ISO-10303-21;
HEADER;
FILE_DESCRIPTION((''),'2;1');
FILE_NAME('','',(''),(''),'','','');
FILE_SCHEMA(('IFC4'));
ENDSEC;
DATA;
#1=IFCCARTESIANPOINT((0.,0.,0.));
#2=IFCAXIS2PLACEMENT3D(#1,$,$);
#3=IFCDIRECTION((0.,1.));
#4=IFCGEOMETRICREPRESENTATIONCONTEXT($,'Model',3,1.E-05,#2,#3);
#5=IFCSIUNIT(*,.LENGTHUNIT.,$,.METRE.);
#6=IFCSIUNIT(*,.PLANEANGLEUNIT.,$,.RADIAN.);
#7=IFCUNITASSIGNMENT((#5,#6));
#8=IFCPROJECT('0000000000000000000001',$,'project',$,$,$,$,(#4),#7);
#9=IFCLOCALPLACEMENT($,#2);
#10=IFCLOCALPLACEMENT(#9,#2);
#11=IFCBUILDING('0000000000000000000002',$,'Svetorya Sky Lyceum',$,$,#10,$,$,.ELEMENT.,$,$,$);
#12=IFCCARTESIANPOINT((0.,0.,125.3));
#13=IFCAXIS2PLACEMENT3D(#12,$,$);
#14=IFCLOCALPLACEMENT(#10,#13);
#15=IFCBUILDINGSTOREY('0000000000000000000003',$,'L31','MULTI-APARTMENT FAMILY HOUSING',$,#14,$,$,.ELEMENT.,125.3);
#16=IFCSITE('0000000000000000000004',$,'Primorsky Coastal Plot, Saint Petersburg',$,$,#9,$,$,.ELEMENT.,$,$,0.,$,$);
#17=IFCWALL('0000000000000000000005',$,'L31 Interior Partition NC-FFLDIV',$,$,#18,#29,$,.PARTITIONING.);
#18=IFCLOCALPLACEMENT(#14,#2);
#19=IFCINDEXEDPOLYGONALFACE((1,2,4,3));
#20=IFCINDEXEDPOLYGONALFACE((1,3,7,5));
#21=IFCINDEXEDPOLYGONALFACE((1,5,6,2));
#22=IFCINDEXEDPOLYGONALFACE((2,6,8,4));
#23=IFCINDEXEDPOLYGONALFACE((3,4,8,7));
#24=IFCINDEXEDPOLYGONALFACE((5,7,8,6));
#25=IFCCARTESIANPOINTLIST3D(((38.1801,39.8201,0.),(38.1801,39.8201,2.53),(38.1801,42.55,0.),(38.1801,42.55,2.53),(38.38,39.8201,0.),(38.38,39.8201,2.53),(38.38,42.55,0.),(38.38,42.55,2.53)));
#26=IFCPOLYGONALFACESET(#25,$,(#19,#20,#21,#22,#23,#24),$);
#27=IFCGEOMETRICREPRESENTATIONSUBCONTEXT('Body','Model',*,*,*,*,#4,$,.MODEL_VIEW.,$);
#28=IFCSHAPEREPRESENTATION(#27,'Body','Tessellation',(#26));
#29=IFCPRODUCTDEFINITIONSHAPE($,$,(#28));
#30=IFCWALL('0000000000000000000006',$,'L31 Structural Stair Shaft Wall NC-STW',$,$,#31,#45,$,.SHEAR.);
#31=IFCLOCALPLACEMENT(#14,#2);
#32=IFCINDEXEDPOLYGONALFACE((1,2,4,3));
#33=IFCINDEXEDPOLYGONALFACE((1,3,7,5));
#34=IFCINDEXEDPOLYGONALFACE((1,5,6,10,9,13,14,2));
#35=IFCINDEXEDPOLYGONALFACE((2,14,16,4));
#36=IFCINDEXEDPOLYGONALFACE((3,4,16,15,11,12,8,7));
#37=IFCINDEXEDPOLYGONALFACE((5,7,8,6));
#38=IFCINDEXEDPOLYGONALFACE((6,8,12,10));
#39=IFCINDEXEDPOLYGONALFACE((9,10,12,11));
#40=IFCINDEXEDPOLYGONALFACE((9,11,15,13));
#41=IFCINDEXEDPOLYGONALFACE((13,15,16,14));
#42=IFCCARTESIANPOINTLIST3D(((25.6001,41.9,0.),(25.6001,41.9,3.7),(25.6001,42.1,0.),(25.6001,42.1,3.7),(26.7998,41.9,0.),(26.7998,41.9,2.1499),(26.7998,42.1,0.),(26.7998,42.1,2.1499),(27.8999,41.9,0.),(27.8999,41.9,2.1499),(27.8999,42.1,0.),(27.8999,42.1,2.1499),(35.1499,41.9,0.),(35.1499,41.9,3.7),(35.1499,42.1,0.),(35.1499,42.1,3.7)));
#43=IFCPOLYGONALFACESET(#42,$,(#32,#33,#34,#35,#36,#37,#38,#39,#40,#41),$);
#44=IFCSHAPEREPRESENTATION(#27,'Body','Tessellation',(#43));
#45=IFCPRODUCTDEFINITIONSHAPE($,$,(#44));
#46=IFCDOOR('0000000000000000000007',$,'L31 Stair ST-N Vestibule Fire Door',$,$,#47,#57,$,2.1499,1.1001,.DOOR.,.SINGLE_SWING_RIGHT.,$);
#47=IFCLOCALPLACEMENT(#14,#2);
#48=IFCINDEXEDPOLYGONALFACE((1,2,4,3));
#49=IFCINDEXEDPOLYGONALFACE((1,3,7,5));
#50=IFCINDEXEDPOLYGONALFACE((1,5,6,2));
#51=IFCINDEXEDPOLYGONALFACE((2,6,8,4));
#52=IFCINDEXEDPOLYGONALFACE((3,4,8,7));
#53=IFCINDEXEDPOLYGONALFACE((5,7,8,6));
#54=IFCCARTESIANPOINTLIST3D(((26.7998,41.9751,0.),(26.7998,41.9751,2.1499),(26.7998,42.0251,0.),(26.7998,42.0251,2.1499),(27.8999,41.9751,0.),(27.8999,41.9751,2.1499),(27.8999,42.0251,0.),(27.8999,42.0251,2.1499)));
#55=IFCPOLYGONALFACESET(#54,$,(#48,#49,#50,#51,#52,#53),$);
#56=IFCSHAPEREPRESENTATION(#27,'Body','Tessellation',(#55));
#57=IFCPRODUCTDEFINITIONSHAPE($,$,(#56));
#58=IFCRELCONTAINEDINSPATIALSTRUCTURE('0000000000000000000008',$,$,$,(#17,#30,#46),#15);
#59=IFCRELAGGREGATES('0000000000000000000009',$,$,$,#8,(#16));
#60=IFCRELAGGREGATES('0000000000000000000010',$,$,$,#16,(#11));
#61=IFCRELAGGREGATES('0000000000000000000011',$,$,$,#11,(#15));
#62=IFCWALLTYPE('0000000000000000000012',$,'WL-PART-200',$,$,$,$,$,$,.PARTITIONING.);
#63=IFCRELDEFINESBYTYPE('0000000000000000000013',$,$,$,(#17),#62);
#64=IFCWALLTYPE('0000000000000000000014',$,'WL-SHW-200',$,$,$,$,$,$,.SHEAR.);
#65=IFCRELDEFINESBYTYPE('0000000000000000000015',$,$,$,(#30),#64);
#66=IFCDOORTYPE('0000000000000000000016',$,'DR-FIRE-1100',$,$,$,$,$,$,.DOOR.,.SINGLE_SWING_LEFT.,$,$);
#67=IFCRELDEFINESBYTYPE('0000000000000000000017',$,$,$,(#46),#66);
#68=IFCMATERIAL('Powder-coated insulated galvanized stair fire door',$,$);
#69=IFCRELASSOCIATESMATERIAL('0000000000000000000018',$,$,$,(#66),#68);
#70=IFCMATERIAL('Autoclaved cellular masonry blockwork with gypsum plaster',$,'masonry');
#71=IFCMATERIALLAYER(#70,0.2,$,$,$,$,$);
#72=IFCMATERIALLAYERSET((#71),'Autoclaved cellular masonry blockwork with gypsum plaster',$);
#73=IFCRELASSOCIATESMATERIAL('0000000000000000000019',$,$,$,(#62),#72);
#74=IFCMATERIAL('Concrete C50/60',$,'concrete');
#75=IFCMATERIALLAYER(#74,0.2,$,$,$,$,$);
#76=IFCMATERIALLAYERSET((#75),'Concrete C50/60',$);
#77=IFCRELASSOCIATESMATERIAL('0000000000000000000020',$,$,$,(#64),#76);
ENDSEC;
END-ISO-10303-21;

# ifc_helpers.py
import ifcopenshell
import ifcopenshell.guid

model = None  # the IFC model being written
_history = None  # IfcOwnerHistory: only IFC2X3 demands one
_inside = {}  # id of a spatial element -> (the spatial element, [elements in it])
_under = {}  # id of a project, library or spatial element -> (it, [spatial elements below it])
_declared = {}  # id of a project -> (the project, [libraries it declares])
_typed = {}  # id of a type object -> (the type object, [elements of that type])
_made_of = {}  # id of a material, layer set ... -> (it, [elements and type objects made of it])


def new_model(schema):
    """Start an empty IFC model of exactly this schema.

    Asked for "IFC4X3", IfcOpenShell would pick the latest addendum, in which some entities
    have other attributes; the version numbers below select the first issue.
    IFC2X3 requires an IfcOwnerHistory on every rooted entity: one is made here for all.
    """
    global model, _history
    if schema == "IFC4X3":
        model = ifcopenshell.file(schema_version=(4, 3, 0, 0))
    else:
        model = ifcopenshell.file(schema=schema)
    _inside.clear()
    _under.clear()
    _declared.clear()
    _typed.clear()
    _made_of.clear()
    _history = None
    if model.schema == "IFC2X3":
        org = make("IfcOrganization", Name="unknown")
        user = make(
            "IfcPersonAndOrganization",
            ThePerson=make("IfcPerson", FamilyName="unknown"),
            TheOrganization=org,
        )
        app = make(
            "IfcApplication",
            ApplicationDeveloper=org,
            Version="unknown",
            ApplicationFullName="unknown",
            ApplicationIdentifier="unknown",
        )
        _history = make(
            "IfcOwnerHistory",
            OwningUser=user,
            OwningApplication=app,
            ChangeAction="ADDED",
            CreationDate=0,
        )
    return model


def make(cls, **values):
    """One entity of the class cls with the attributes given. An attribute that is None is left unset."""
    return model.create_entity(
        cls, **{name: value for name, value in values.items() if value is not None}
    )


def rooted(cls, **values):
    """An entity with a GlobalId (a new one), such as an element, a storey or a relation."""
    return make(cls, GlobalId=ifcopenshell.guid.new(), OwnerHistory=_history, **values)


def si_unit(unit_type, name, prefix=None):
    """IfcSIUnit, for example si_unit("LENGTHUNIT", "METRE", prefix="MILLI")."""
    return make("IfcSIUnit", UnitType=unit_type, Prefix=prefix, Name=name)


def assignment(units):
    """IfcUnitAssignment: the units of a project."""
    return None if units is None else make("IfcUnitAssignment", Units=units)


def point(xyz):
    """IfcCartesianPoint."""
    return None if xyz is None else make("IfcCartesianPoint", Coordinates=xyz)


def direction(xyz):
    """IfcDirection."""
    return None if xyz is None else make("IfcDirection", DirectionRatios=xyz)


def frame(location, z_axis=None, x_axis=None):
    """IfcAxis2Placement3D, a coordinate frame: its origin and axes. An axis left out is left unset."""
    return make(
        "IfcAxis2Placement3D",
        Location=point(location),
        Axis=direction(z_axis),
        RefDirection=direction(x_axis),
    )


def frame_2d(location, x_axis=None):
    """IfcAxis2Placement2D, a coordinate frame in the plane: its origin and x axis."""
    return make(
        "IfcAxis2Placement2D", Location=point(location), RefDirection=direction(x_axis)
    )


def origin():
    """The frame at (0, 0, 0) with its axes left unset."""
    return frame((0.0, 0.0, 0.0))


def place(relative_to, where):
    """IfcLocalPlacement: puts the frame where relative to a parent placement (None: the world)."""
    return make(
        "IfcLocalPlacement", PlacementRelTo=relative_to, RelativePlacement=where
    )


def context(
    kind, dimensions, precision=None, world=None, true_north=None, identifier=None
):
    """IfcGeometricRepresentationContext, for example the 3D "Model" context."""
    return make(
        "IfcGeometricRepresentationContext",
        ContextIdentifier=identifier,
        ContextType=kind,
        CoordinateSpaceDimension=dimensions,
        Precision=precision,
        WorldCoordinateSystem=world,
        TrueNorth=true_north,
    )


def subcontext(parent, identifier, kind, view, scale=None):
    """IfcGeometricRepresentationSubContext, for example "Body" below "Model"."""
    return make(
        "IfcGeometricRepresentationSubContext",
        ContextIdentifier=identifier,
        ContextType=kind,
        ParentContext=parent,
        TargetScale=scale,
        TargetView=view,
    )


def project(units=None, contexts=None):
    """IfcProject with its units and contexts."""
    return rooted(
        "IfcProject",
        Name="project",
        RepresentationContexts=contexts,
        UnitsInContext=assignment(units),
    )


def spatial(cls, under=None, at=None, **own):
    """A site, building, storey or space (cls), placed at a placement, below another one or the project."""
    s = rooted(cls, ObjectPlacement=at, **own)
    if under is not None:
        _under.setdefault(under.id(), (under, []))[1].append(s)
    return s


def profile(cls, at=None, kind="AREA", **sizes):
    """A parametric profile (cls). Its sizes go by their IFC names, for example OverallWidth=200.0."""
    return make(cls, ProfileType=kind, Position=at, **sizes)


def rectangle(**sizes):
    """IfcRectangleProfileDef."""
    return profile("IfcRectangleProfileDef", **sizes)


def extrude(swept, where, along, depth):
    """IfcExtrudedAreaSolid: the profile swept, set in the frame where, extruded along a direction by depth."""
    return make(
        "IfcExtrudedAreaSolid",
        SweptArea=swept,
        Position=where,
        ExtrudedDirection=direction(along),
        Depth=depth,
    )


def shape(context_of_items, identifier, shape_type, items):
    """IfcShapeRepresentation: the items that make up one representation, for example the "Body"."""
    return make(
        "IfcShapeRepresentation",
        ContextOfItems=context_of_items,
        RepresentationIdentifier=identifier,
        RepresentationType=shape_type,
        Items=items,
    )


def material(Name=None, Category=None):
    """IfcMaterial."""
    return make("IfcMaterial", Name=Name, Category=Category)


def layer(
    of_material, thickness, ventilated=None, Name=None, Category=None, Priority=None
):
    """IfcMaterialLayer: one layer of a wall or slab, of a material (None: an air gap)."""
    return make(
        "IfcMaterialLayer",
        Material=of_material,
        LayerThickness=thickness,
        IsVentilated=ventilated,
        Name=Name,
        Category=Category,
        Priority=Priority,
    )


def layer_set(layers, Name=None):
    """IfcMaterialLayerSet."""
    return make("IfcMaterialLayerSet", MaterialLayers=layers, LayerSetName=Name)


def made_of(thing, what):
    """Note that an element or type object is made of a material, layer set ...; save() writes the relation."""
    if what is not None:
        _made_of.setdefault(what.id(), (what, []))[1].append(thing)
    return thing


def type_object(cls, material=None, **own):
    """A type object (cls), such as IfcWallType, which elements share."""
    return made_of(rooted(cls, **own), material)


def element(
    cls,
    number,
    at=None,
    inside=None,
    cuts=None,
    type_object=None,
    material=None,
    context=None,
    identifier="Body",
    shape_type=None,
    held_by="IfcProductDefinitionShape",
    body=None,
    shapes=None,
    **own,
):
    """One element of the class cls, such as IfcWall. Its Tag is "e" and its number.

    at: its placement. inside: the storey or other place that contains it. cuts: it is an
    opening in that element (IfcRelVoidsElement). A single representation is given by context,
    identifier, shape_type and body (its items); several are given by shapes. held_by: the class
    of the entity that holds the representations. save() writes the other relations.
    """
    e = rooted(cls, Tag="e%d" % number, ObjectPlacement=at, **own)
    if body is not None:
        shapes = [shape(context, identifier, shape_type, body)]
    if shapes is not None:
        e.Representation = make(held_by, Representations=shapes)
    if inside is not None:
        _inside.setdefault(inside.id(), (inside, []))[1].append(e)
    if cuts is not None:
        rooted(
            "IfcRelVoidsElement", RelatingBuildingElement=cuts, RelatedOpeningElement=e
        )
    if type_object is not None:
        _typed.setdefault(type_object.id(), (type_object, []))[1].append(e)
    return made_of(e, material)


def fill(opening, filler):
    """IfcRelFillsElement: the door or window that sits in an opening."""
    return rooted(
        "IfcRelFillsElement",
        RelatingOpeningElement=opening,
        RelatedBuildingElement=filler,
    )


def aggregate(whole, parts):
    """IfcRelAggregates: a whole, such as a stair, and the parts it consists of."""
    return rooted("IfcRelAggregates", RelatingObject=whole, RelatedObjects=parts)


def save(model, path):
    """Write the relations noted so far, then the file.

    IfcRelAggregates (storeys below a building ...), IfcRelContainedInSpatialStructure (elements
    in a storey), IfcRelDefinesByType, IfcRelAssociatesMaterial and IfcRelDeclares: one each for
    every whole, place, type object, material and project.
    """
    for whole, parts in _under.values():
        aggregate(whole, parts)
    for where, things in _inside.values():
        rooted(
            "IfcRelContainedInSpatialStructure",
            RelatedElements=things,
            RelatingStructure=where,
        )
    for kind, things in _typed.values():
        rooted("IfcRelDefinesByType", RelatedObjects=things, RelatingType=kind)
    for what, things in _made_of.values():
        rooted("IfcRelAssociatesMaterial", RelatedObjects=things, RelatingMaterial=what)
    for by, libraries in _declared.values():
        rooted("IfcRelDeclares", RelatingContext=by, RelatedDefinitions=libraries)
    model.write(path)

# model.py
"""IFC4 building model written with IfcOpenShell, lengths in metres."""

from ifc_helpers import new_model, si_unit, direction, frame, frame_2d, origin, place, context, subcontext, project, spatial, rectangle, extrude, material, layer, layer_set, type_object, element, fill, save


model = new_model("IFC4")

# Units and contexts
model_context = context("Model", 3, precision=1e-05, world=origin(), true_north=direction((0.0, 1.0)))
body_context = subcontext(model_context, "Body", "Model", "MODEL_VIEW")
ifc_project = project(units=[si_unit("LENGTHUNIT", "METRE"), si_unit("PLANEANGLEUNIT", "RADIAN")], contexts=[model_context])

# Site, building, storey
site_placement = place(None, origin())
site = spatial("IfcSite", under=ifc_project, at=site_placement, Name="Primorsky Coastal Plot, Saint Petersburg", CompositionType="ELEMENT", RefElevation=0.0)
building_placement = place(site_placement, origin())
building = spatial("IfcBuilding", under=site, at=building_placement, Name="Svetorya Sky Lyceum", CompositionType="ELEMENT")
storey_placement = place(building_placement, frame((0.0, 0.0, 125.3)))
storey = spatial("IfcBuildingStorey", under=building, at=storey_placement, Name="L31", Description="MULTI-APARTMENT FAMILY HOUSING", CompositionType="ELEMENT", Elevation=125.3)

# Shared definitions
ifc_material_1 = material(Name="Concrete C50/60", Category="concrete")

# Shared definitions
ifc_material_2 = material(Name="Powder-coated insulated galvanized stair fire door")
door_type_1 = type_object("IfcDoorType", Name="DR-FIRE-1100", OperationType="SINGLE_SWING_LEFT", PredefinedType="DOOR", material=ifc_material_2)

# Shared definitions
ifc_material_3 = material(Name="Autoclaved cellular masonry blockwork with gypsum plaster", Category="masonry")
ifc_layer_1 = layer(ifc_material_3, 0.2)
ifc_layer_set_1 = layer_set([ifc_layer_1], Name="Autoclaved cellular masonry blockwork with gypsum plaster")
wall_type_1 = type_object("IfcWallType", Name="WL-PART-200", PredefinedType="PARTITIONING", material=ifc_layer_set_1)

# Wall
wall_1_placement = place(storey_placement, frame((38.28, 39.8201, 0.0), z_axis=(0.0, 0.0, 1.0), x_axis=(0.0, 1.0, 0.0)))
element("IfcWall", 1, at=wall_1_placement, inside=storey, type_object=wall_type_1, Name="L31 Interior Partition NC-FFLDIV", PredefinedType="PARTITIONING", context=body_context, shape_type="SweptSolid", body=[
    extrude(rectangle(XDim=2.73, YDim=0.2, at=frame_2d((1.365, 0.0))), origin(), (0.0, 0.0, 1.0), 2.53),
])

# Wall, opening, door
ifc_layer_2 = layer(ifc_material_1, 0.2)
ifc_layer_set_2 = layer_set([ifc_layer_2], Name="Concrete C50/60")
wall_type_2 = type_object("IfcWallType", Name="WL-SHW-200", PredefinedType="SHEAR", material=ifc_layer_set_2)
wall_2_placement = place(storey_placement, frame((35.1499, 42.0, 0.0), z_axis=(0.0, 0.0, 1.0), x_axis=(-1.0, 0.0, 0.0)))
wall_2 = element("IfcWall", 2, at=wall_2_placement, inside=storey, type_object=wall_type_2, Name="L31 Structural Stair Shaft Wall NC-STW", PredefinedType="SHEAR", context=body_context, shape_type="SweptSolid", body=[
    extrude(rectangle(XDim=9.5498, YDim=0.2, at=frame_2d((4.7749, 0.0))), origin(), (0.0, 0.0, 1.0), 3.7),
])
opening_1_placement = place(wall_2_placement, frame((7.25, 0.0, 0.0)))
opening_1 = element("IfcOpeningElement", 3, at=opening_1_placement, cuts=wall_2, PredefinedType="OPENING", context=body_context, shape_type="SweptSolid", body=[
    extrude(rectangle(XDim=1.1001, YDim=2.1499, at=frame_2d((0.55, 1.075))), frame((0.0, 0.1099, 0.0), z_axis=(0.0, -1.0, 0.0), x_axis=(1.0, 0.0, 0.0)), (0.0, 0.0, 1.0), 0.22),
])
door_1_placement = place(opening_1_placement, origin())
door_1 = element("IfcDoor", 4, at=door_1_placement, inside=storey, type_object=door_type_1, Name="L31 Stair ST-N Vestibule Fire Door", OperationType="SINGLE_SWING_RIGHT", OverallHeight=2.1499, OverallWidth=1.1001, PredefinedType="DOOR", context=body_context, shape_type="SweptSolid", body=[
    extrude(rectangle(XDim=1.1001, YDim=2.1499, at=frame_2d((0.55, 1.075))), frame((0.0, 0.0249, 0.0), z_axis=(0.0, -1.0, 0.0), x_axis=(1.0, 0.0, 0.0)), (0.0, 0.0, 1.0), 0.05),
])
fill(opening_1, door_1)

save(model, "model.ifc")
